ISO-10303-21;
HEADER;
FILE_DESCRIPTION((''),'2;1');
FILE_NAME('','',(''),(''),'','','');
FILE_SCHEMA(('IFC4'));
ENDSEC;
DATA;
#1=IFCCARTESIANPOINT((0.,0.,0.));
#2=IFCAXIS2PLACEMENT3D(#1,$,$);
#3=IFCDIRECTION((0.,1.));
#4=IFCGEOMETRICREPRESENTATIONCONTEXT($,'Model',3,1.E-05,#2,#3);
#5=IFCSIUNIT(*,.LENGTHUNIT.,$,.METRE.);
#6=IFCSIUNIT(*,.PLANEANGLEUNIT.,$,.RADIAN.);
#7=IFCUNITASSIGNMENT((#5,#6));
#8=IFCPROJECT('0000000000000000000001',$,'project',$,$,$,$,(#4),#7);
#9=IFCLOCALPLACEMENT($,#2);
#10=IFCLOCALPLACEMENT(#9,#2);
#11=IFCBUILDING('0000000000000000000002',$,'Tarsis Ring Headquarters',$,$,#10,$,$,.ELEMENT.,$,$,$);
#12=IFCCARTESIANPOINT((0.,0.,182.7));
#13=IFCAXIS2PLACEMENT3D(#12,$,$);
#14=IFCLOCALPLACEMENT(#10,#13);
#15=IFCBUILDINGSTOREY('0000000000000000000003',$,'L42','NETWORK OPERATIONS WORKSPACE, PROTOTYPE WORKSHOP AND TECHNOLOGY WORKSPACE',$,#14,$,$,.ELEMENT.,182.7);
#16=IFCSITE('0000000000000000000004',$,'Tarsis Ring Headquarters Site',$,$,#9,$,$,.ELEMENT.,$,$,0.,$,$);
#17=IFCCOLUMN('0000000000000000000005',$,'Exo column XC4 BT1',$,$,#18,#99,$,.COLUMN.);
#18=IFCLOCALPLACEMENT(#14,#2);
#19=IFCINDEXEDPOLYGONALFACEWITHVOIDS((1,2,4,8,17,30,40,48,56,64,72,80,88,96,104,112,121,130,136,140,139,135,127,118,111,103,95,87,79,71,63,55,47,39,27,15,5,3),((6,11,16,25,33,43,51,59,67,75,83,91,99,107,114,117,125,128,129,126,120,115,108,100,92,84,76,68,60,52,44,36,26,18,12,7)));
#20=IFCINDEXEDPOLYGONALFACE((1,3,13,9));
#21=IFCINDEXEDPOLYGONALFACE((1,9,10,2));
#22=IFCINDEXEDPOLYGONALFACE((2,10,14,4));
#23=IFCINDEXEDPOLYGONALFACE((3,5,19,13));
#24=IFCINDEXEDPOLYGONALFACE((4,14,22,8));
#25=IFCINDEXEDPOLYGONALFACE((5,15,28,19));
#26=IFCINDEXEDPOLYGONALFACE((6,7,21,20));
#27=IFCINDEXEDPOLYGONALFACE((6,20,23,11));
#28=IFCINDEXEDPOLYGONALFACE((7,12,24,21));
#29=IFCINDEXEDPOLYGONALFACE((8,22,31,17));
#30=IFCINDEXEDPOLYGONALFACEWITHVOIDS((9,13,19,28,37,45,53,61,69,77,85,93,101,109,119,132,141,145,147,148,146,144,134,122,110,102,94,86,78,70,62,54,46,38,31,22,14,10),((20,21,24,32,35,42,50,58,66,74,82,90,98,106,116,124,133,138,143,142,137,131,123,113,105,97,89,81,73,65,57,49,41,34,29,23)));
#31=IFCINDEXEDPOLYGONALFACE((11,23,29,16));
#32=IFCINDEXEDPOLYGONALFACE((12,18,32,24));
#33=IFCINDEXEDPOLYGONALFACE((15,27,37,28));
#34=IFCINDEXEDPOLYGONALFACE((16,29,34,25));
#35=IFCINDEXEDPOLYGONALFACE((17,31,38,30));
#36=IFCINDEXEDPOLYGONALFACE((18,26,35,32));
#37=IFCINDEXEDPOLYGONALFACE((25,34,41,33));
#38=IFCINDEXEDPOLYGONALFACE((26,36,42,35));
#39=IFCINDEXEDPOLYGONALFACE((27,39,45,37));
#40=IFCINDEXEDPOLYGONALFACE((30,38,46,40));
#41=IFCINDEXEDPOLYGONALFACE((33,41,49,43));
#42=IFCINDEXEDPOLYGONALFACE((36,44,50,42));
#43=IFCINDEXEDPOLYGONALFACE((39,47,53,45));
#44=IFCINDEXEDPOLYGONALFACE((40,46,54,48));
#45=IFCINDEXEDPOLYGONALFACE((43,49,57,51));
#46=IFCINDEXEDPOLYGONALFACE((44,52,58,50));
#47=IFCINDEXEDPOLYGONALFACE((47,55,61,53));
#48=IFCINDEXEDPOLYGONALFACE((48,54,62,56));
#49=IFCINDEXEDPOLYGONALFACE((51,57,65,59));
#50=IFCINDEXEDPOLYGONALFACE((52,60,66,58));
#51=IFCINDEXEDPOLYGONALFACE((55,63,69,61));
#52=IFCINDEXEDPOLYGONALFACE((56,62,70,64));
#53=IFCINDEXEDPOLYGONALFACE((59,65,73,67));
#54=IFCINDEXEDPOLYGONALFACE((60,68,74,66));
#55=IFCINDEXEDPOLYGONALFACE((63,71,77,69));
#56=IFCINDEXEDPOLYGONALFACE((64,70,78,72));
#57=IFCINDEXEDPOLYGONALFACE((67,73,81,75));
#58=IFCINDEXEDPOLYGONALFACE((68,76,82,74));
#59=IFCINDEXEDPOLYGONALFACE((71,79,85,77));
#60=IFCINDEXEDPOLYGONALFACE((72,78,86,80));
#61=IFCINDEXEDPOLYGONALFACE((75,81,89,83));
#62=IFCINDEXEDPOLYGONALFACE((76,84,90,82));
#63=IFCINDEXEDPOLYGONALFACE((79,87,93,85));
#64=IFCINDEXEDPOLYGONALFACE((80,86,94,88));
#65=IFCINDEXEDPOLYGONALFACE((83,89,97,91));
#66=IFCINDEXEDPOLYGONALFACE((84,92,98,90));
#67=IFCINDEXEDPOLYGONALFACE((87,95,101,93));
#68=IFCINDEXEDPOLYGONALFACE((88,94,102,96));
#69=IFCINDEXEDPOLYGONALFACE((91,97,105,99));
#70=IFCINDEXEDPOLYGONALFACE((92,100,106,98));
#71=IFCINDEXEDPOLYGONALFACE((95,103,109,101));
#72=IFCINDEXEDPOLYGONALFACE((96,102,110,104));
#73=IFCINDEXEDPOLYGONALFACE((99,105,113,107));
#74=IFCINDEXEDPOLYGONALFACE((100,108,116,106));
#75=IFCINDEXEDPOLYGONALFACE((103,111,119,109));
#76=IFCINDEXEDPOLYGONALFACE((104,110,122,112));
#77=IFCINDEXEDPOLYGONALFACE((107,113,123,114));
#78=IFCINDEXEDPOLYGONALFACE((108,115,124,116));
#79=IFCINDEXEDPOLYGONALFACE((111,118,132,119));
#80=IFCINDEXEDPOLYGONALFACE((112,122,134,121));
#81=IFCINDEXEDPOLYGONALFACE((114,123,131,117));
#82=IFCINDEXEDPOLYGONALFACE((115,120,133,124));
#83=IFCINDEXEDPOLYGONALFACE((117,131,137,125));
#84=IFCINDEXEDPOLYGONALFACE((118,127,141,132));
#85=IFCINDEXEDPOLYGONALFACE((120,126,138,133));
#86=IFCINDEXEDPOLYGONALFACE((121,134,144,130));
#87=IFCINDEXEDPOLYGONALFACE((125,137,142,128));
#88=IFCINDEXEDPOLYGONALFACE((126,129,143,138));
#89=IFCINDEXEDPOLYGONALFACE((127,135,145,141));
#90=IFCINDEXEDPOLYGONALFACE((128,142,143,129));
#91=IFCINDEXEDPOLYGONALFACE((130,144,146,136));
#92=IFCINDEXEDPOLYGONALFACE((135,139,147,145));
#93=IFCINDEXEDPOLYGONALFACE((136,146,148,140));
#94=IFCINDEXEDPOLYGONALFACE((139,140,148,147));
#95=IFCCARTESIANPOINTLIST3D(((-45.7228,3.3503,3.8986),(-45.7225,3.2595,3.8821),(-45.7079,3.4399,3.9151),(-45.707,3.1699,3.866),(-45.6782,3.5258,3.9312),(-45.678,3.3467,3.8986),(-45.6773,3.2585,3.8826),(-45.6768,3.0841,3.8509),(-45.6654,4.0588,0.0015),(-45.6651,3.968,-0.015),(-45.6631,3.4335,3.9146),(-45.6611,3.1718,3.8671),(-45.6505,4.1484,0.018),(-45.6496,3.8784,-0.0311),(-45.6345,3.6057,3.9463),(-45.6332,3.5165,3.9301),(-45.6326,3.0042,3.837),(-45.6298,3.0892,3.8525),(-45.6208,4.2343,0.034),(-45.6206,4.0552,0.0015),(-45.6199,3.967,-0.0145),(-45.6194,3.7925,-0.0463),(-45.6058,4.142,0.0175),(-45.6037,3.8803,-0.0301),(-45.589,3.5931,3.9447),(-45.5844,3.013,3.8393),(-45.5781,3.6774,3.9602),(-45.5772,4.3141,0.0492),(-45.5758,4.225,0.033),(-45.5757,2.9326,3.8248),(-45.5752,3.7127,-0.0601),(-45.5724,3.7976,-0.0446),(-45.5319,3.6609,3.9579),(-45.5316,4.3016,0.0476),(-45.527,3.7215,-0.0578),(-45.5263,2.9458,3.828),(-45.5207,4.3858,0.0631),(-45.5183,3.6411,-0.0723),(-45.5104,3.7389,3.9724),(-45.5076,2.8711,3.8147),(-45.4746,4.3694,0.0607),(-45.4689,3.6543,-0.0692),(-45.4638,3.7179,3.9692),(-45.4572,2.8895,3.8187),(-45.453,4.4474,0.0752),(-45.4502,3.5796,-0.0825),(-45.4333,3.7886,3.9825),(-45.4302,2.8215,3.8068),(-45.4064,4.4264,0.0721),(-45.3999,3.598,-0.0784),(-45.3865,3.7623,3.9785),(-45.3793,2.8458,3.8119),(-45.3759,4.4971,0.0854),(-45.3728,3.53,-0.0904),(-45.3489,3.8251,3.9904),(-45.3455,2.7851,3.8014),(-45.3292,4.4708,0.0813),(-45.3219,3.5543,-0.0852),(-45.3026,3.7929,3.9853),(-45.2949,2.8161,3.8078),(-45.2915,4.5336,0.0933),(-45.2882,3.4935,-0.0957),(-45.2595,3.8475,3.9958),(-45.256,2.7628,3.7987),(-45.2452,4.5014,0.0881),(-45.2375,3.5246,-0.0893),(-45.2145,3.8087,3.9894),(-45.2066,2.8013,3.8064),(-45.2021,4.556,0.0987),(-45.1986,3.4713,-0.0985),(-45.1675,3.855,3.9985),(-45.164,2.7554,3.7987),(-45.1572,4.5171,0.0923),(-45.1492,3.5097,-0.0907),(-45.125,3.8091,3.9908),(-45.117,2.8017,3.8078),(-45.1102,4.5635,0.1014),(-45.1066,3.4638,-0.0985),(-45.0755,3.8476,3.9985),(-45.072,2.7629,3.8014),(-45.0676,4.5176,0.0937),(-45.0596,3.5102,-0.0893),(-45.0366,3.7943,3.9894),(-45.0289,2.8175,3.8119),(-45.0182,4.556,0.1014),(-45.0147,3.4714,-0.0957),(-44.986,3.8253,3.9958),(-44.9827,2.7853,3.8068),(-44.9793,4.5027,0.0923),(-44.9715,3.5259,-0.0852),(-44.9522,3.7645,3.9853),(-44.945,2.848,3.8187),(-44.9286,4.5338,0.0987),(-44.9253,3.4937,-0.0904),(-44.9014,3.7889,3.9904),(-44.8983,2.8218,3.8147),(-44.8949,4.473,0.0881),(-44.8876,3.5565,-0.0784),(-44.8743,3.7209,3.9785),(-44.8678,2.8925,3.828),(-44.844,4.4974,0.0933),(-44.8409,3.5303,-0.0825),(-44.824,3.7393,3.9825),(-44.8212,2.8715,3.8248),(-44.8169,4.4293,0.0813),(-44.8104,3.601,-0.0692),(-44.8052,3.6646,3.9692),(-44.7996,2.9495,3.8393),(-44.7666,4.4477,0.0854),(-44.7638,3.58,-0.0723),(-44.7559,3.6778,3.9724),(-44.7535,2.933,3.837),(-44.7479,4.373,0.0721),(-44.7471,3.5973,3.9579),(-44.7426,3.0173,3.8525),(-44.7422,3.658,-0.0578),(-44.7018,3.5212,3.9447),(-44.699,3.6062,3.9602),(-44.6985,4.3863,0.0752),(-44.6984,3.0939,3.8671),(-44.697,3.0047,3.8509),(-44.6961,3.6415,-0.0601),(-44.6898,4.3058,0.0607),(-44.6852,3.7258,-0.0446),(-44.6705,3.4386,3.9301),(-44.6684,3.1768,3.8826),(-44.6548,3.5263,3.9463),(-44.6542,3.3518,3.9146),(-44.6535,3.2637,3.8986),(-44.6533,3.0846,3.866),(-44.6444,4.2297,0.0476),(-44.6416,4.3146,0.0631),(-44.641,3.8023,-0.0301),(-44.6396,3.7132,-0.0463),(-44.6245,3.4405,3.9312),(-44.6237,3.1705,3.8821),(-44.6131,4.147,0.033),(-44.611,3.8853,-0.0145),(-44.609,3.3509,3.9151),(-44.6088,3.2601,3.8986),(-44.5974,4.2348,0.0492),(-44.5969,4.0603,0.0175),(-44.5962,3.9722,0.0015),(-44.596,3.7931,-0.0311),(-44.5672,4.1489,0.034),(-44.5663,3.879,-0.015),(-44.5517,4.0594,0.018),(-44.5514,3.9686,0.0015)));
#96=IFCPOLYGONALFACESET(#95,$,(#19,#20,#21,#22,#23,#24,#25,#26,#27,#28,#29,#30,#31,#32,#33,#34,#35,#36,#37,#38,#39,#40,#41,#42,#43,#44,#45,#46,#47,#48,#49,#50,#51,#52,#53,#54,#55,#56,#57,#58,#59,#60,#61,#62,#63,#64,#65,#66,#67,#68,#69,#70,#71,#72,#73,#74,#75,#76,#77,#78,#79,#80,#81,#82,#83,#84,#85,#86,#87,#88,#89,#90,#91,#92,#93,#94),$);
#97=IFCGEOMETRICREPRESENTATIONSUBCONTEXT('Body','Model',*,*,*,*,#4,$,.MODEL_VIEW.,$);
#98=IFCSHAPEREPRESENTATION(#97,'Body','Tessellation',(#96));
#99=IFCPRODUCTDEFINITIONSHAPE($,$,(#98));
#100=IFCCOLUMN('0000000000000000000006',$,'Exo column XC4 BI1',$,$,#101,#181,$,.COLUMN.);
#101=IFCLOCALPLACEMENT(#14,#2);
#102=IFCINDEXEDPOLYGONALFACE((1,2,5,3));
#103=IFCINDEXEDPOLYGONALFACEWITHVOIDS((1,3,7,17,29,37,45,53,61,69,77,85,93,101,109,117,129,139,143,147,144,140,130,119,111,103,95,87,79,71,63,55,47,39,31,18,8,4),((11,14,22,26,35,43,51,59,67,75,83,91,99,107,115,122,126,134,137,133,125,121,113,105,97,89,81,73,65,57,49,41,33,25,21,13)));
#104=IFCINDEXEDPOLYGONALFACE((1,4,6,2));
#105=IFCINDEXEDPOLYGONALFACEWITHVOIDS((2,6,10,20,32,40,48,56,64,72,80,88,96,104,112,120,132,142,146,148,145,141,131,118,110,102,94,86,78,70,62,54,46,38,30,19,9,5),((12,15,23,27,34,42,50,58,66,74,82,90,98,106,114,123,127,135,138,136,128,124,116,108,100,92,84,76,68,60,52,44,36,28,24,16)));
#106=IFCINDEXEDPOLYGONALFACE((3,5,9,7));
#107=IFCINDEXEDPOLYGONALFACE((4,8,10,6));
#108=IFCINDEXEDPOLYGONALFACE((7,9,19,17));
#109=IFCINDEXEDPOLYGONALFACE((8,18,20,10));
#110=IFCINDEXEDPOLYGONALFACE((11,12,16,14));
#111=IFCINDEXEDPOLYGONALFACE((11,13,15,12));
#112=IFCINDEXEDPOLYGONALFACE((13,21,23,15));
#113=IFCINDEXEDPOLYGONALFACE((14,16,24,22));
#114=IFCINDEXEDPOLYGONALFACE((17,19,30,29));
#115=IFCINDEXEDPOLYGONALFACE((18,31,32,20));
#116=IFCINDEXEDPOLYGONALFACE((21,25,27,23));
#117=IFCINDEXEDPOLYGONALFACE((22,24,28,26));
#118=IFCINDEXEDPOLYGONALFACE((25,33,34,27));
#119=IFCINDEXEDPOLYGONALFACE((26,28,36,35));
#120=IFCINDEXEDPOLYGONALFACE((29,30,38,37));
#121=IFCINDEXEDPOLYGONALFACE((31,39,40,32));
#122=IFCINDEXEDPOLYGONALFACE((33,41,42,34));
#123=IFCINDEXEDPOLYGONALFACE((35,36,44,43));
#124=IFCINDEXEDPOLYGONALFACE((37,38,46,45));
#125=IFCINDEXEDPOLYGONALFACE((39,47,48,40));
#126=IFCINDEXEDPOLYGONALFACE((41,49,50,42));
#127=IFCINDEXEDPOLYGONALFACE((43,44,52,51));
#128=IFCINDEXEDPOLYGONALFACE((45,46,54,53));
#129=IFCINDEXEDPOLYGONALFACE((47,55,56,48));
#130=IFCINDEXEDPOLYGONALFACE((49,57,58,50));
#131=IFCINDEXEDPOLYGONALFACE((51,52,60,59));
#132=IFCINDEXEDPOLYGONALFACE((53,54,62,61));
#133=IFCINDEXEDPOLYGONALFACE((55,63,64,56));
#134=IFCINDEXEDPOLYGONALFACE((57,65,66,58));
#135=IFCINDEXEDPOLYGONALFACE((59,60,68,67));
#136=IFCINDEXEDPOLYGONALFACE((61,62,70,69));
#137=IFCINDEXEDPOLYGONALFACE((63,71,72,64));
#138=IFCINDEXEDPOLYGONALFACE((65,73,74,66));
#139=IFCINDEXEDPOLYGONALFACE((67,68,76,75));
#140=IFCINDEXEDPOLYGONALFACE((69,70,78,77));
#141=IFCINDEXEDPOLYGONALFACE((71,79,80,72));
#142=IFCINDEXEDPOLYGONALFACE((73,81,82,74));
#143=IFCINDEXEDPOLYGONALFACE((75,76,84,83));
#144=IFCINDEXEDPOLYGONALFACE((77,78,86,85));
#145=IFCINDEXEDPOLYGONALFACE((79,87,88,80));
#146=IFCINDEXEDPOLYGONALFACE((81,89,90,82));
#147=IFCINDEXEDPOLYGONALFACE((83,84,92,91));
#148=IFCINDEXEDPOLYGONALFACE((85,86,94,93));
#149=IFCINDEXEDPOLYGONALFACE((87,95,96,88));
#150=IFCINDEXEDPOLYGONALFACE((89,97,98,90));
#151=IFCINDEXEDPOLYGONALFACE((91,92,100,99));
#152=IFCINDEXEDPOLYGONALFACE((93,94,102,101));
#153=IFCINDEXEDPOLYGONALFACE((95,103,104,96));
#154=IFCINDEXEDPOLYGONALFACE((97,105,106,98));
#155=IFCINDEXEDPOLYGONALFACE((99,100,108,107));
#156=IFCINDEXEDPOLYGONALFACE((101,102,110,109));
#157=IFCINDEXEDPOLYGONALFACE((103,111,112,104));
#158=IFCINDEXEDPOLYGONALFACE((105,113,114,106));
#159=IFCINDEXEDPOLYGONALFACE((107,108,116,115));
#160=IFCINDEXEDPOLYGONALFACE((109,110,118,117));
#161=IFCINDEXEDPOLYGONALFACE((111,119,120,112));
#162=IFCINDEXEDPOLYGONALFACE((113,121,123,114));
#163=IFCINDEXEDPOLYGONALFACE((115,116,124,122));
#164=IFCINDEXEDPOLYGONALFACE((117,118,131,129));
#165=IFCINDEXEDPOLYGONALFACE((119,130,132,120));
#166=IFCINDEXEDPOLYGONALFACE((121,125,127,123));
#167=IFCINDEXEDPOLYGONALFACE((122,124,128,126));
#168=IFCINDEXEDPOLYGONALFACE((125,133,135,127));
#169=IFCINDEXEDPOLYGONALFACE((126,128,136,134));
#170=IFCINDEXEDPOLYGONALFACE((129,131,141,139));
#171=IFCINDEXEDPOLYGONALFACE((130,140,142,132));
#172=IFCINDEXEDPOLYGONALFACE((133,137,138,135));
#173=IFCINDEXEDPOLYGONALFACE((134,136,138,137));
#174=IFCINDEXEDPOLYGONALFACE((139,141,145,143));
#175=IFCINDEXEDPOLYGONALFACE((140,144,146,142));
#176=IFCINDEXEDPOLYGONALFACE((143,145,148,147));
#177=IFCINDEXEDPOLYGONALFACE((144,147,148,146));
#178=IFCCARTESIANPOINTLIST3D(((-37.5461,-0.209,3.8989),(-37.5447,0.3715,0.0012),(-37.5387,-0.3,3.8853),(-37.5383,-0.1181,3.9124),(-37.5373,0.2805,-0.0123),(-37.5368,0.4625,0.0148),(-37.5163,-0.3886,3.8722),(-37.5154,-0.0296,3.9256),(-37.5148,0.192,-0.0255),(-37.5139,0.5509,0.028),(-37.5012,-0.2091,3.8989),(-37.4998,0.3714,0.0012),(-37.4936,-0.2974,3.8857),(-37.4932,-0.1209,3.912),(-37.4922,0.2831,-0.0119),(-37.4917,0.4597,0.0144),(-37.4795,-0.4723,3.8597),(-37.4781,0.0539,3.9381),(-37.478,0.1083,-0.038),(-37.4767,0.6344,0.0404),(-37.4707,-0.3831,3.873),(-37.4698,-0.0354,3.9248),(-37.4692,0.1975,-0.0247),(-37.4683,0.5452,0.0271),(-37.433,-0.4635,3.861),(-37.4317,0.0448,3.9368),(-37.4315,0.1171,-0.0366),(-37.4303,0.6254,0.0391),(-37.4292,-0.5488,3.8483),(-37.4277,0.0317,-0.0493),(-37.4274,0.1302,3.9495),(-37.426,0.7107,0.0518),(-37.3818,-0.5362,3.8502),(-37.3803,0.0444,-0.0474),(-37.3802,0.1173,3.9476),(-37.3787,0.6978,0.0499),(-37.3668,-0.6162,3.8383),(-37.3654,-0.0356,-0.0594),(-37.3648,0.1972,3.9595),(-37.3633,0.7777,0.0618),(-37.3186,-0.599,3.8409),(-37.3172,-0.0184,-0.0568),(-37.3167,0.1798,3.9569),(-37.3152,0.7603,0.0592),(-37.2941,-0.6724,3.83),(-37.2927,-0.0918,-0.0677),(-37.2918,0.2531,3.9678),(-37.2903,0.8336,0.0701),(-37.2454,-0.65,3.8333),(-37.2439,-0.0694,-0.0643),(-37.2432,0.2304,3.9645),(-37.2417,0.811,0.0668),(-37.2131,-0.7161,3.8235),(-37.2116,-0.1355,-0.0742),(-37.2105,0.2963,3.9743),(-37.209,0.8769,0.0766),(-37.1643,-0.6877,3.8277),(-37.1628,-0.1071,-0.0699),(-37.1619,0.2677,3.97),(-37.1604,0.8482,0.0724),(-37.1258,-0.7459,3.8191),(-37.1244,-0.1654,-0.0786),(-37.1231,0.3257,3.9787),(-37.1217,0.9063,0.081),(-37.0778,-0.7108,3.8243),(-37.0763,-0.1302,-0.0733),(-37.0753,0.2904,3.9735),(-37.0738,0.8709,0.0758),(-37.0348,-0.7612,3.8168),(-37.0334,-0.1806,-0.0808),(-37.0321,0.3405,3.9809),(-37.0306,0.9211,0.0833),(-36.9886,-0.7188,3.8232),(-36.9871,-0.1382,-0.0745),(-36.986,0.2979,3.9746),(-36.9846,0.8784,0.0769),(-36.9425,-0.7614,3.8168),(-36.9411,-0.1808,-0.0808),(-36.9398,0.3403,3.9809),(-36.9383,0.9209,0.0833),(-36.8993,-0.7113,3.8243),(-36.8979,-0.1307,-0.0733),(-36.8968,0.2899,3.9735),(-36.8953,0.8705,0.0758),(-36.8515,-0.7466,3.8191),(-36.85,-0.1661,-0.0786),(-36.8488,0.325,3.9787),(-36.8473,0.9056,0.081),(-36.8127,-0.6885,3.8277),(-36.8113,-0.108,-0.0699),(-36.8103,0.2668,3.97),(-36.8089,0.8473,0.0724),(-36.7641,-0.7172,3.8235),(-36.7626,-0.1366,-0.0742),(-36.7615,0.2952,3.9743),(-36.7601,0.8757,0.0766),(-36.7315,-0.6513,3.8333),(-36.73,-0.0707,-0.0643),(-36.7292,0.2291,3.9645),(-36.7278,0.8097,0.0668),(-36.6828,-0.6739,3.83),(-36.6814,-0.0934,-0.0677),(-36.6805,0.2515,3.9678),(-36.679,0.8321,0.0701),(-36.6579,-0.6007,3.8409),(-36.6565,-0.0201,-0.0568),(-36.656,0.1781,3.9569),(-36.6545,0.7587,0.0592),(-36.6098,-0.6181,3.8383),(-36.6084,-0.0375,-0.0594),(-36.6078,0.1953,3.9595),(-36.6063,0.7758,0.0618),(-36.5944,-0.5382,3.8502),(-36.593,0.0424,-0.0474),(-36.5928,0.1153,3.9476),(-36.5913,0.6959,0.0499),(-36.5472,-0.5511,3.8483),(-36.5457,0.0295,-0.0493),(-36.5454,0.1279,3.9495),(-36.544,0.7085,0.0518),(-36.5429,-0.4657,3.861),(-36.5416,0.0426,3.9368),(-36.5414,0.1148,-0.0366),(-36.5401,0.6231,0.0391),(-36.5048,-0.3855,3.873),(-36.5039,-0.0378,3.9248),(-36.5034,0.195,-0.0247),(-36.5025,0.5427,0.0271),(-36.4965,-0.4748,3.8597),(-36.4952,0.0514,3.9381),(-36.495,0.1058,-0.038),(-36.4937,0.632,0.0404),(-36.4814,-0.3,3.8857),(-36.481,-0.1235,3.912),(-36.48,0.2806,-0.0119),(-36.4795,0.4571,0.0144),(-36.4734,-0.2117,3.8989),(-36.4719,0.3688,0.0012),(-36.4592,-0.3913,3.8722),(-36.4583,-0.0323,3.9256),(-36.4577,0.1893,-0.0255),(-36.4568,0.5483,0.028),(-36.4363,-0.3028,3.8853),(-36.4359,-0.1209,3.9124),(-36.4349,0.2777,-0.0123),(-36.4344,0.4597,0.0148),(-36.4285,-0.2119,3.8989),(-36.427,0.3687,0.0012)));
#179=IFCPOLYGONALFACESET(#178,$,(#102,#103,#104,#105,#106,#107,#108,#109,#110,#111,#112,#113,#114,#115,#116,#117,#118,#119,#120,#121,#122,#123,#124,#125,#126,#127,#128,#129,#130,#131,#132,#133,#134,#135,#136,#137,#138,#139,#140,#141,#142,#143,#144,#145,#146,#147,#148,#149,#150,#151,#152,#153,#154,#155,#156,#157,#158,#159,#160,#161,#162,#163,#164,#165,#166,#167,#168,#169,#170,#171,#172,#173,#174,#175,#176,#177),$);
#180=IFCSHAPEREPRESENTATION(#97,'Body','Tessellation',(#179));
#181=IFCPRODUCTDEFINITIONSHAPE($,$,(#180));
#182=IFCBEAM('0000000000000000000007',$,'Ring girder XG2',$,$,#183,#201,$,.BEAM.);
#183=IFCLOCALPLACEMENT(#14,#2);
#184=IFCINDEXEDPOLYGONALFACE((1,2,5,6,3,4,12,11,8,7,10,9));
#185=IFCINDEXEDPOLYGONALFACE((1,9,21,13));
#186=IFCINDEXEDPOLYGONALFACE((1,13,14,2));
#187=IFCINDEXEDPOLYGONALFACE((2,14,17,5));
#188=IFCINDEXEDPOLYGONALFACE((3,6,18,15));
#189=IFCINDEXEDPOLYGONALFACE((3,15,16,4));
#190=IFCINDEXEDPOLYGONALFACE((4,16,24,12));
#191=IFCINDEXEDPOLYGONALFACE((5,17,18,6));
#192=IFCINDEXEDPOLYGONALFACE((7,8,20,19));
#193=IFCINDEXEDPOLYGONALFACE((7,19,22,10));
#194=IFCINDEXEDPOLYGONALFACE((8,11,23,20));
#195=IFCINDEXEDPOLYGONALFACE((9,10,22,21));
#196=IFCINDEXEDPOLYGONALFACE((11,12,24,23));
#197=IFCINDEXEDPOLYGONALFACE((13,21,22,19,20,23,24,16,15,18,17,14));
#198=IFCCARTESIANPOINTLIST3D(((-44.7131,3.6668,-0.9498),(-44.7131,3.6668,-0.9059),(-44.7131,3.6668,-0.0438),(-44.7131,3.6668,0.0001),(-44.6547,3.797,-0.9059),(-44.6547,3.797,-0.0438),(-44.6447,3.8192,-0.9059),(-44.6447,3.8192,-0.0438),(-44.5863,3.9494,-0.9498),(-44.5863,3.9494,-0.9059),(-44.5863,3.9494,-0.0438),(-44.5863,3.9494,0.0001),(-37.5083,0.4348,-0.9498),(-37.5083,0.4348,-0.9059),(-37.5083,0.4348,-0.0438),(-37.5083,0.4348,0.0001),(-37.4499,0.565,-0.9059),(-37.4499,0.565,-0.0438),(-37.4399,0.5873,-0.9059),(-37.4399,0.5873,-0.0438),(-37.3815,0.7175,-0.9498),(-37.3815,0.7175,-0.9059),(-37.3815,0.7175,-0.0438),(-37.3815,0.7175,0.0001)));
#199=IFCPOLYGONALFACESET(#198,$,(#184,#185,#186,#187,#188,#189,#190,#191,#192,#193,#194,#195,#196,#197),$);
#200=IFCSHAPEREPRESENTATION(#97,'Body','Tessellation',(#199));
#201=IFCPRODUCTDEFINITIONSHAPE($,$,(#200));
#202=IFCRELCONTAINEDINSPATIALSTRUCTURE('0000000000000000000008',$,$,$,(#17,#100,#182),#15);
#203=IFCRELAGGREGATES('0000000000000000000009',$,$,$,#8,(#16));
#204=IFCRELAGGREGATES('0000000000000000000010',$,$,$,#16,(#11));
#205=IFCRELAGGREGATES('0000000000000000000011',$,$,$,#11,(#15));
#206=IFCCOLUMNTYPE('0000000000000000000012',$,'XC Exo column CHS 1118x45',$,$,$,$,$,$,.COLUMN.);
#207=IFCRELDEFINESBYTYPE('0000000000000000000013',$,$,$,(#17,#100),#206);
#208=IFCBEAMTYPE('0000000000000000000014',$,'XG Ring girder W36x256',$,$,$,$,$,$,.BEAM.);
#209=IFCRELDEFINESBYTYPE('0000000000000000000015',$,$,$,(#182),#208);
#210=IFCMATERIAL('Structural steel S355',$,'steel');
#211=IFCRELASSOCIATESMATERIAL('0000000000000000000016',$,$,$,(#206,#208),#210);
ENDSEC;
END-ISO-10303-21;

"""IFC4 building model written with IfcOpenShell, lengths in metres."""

from ifc_helpers import new_model, si_unit, direction, frame, origin, origin_2d, place, context, subcontext, project, spatial, hollow_circle, i_section, extrude, material, material_profile, profile_set, type_object, element, save


model = new_model("IFC4")

# Units and contexts
model_context = context("Model", 3, precision=1e-05, world=origin(), true_north=direction((0.0, 1.0)))
body_context = subcontext(model_context, "Body", "Model", "MODEL_VIEW")
ifc_project = project(units=[si_unit("LENGTHUNIT", "METRE"), si_unit("PLANEANGLEUNIT", "RADIAN")], contexts=[model_context])

# Site, building, storey
site_placement = place(None, origin())
site = spatial("IfcSite", under=ifc_project, at=site_placement, Name="Tarsis Ring Headquarters Site", CompositionType="ELEMENT", RefElevation=0.0)
building_placement = place(site_placement, origin())
building = spatial("IfcBuilding", under=site, at=building_placement, Name="Tarsis Ring Headquarters", CompositionType="ELEMENT")
storey_placement = place(building_placement, frame((0.0, 0.0, 182.7)))
storey = spatial("IfcBuildingStorey", under=building, at=storey_placement, Name="L42", Description="NETWORK OPERATIONS WORKSPACE, PROTOTYPE WORKSHOP AND TECHNOLOGY WORKSPACE", CompositionType="ELEMENT", Elevation=182.7)

# Columns
ifc_material_1 = material(Name="Structural steel S355", Category="steel")
ifc_material_profile_1 = material_profile(ifc_material_1, hollow_circle(Radius=0.5588, WallThickness=0.0449, at=origin_2d()), Name="CHS 1118x45")
ifc_profile_set_1 = profile_set([ifc_material_profile_1], Name="Structural steel S355")
column_type = type_object("IfcColumnType", Name="XC Exo column CHS 1118x45", PredefinedType="COLUMN", material=ifc_profile_set_1)
column_1_placement = place(storey_placement, frame((-45.1084, 4.0137, 0.0015), z_axis=(-0.014483, -0.178845, 0.983771), x_axis=(0.996737, -0.080714, 0.0)))
element("IfcColumn", 1, at=column_1_placement, inside=storey, type_object=column_type, Name="Exo column XC4 BT1", PredefinedType="COLUMN", context=body_context, shape_type="SweptSolid", body=[
    extrude(hollow_circle(Radius=0.5588, WallThickness=0.0449, at=origin_2d()), origin(), (0.0, 0.0, 1.0), 3.9614),
])
column_2_placement = place(storey_placement, frame((-36.9858, 0.3701, 0.0012), z_axis=(-0.000372, -0.147325, 0.989088), x_axis=(0.999997, -0.002523, 0.0)))
element("IfcColumn", 2, at=column_2_placement, inside=storey, type_object=column_type, Name="Exo column XC4 BI1", PredefinedType="COLUMN", context=body_context, shape_type="SweptSolid", body=[
    extrude(hollow_circle(Radius=0.5588, WallThickness=0.0449, at=origin_2d()), origin(), (0.0, 0.0, 1.0), 3.9407),
])

# Beam
ifc_material_profile_2 = material_profile(ifc_material_1, i_section(OverallWidth=0.3098, OverallDepth=0.95, WebThickness=0.0244, FlangeThickness=0.0439, at=origin_2d()), Name="W36x256")
ifc_profile_set_2 = profile_set([ifc_material_profile_2], Name="Structural steel S355")
beam_type = type_object("IfcBeamType", Name="XG Ring girder W36x256", PredefinedType="BEAM", material=ifc_profile_set_2)
for number, where, z_axis, x_axis, name in (
    (3, (-44.6497, 3.8081, -0.4749), (0.912406, -0.409286, 0.0), (0.409286, 0.912406, 0.0), "Ring girder XG2"),
):
    element("IfcBeam", number, at=place(storey_placement, frame(where, z_axis=z_axis, x_axis=x_axis)), inside=storey, type_object=beam_type, Name=name, PredefinedType="BEAM", context=body_context, shape_type="SweptSolid", body=[
        extrude(i_section(OverallWidth=0.3098, OverallDepth=0.95, WebThickness=0.0244, FlangeThickness=0.0439, at=origin_2d()), origin(), (0.0, 0.0, 1.0), 7.8965),
    ])

save(model, "model.ifc")
